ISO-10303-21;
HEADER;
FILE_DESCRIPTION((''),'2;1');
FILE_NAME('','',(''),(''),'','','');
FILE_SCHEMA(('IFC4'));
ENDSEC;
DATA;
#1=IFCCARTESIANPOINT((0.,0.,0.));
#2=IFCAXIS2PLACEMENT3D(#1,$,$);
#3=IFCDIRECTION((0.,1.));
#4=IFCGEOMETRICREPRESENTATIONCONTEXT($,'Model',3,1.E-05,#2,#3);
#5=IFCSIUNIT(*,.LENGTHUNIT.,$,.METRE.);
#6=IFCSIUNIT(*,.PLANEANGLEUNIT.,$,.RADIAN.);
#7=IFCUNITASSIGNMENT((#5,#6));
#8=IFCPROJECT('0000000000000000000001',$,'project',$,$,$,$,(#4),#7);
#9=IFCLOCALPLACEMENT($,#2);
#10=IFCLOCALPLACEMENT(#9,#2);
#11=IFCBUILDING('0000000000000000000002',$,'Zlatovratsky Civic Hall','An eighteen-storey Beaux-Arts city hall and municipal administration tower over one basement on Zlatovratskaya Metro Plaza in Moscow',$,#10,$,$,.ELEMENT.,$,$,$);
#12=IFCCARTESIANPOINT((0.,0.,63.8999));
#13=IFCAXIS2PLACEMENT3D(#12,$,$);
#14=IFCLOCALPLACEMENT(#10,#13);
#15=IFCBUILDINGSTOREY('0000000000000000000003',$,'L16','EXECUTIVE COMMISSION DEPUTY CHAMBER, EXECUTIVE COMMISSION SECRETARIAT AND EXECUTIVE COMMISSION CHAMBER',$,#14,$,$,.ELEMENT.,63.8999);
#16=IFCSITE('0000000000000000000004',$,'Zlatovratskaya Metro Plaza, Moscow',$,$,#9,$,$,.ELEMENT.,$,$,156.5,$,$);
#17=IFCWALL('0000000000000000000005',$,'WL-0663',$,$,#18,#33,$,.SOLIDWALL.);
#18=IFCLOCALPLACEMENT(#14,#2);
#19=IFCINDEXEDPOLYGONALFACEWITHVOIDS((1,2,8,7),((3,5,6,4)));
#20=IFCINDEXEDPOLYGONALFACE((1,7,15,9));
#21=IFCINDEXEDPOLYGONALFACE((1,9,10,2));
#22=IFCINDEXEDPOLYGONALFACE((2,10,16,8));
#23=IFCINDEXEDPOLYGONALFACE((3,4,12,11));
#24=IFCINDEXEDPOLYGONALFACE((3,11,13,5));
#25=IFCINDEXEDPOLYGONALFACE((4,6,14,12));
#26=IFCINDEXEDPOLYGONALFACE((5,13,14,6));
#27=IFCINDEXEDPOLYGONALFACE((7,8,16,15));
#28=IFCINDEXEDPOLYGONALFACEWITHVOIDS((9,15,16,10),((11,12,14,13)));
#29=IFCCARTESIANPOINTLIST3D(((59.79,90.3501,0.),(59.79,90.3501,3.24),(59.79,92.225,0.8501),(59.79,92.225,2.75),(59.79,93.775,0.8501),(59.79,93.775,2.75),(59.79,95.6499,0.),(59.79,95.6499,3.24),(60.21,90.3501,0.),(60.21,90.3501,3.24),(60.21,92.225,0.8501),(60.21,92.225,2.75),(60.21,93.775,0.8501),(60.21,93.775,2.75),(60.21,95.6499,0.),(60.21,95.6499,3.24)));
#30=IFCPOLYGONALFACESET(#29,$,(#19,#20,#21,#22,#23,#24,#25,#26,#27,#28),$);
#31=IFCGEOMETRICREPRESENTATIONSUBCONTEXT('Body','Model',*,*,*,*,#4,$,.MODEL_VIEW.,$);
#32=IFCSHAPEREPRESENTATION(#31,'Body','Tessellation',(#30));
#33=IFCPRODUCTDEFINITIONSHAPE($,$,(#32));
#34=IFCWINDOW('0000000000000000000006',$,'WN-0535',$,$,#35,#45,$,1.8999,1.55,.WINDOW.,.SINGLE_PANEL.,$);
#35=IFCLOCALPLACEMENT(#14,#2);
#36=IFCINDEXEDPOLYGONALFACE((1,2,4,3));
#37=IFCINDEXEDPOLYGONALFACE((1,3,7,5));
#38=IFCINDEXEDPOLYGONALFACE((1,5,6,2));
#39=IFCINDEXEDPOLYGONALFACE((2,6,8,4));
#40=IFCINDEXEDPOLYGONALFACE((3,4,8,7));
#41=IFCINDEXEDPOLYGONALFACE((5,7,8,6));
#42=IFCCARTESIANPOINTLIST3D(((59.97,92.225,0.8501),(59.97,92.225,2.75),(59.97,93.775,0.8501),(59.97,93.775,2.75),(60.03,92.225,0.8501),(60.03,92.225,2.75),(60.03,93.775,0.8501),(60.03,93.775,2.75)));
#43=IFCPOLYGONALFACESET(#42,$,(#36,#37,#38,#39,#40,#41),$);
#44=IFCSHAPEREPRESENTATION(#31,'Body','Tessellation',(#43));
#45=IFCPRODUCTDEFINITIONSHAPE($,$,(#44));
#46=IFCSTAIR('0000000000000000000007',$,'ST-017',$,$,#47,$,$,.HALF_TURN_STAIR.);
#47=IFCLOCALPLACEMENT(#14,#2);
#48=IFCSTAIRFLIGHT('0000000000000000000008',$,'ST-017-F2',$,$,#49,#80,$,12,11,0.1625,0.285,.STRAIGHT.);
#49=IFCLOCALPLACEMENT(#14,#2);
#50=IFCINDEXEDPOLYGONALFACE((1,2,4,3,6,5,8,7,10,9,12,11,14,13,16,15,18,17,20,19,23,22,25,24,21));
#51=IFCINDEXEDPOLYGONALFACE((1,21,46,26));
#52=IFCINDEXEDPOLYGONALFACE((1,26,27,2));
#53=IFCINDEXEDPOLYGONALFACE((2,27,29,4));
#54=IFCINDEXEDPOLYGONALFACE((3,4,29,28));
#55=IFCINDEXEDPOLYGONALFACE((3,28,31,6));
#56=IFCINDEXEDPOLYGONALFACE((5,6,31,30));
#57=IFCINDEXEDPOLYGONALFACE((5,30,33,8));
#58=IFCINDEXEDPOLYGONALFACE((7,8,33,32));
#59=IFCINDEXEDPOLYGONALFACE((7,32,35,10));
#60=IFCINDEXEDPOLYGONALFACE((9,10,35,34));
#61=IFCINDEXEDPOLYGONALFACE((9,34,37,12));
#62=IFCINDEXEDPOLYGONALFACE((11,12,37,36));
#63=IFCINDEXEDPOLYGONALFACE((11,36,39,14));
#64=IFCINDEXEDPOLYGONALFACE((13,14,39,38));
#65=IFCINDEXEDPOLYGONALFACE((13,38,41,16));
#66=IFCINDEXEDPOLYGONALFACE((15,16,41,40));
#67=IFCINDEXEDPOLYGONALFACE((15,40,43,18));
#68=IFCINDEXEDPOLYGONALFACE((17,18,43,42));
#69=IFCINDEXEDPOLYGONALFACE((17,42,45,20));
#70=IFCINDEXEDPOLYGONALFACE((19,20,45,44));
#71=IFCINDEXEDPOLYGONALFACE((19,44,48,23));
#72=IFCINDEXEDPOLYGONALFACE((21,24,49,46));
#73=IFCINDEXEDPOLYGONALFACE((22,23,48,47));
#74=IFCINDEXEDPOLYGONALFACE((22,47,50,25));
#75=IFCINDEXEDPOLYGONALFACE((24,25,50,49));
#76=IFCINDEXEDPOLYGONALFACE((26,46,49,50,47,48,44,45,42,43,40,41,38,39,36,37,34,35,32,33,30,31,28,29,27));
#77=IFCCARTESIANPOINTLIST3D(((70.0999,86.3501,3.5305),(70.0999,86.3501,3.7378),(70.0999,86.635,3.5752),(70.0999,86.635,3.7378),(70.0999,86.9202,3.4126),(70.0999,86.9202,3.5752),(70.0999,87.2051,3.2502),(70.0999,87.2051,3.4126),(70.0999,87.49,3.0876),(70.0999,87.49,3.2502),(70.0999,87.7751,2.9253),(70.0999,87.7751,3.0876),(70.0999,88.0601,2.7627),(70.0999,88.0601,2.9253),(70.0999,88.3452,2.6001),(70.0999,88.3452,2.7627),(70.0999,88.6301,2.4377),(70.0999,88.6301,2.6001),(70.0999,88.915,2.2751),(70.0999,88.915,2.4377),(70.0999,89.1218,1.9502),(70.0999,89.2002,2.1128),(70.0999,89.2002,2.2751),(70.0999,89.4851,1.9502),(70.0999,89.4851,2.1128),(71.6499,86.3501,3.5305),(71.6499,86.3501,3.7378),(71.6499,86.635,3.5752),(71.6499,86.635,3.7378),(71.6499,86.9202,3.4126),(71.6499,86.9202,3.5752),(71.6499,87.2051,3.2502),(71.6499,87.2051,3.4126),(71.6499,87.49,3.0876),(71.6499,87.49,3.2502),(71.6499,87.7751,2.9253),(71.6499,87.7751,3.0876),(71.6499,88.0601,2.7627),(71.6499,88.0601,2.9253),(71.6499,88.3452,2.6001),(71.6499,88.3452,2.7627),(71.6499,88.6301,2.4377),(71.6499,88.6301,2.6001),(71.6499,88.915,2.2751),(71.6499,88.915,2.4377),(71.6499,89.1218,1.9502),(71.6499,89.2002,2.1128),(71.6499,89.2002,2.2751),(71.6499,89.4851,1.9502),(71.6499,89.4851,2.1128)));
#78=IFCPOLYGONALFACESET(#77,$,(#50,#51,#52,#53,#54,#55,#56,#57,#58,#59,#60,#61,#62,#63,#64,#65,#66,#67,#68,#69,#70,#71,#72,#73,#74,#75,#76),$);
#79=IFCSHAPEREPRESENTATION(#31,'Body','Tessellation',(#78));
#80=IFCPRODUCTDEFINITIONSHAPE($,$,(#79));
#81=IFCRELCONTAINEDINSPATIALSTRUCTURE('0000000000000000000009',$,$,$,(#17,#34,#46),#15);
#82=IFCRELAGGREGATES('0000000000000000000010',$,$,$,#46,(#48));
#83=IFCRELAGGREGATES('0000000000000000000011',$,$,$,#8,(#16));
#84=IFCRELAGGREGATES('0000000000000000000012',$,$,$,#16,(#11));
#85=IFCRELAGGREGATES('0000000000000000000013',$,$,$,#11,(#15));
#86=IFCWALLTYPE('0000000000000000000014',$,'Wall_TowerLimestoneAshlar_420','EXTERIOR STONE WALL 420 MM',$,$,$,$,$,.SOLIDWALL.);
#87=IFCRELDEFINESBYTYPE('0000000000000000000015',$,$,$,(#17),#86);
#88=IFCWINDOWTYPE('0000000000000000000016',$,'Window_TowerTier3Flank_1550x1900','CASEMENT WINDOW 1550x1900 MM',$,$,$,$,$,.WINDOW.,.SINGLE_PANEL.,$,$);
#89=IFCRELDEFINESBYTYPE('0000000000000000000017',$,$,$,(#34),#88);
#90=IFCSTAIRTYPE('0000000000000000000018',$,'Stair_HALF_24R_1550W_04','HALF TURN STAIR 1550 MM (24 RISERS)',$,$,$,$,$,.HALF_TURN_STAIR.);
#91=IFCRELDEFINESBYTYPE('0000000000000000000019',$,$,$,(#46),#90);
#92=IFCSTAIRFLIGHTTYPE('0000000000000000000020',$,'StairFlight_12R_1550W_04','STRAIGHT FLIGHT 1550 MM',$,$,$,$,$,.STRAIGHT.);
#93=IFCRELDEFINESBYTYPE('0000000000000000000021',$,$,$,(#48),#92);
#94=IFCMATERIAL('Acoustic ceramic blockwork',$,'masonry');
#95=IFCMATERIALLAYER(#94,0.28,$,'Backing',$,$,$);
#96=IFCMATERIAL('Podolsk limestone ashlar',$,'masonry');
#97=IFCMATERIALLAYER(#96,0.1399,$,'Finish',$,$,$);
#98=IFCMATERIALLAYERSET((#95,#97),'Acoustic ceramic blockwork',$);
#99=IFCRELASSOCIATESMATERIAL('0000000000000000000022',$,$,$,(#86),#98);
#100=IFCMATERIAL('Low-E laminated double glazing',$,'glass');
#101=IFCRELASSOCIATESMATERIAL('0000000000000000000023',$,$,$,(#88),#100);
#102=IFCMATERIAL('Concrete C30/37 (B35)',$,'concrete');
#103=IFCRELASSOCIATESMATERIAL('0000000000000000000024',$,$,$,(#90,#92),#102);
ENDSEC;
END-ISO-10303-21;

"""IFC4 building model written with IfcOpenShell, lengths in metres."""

from ifc_helpers import new_model, si_unit, direction, frame, frame_2d, origin, place, context, subcontext, project, spatial, polyline, rectangle, outline, extrude, material, layer, layer_set, type_object, element, fill, aggregate, save


model = new_model("IFC4")

# Units and contexts
model_context = context("Model", 3, precision=1e-05, world=origin(), true_north=direction((0.0, 1.0)))
body_context = subcontext(model_context, "Body", "Model", "MODEL_VIEW")
ifc_project = project(units=[si_unit("LENGTHUNIT", "METRE"), si_unit("PLANEANGLEUNIT", "RADIAN")], contexts=[model_context])

# Site, building, storey
site_placement = place(None, origin())
site = spatial("IfcSite", under=ifc_project, at=site_placement, Name="Zlatovratskaya Metro Plaza, Moscow", CompositionType="ELEMENT", RefElevation=156.5)
building_placement = place(site_placement, origin())
building = spatial("IfcBuilding", under=site, at=building_placement, Name="Zlatovratsky Civic Hall", Description="An eighteen-storey Beaux-Arts city hall and municipal administration tower over one basement on Zlatovratskaya Metro Plaza in Moscow", CompositionType="ELEMENT")
storey_placement = place(building_placement, frame((0.0, 0.0, 63.8999)))
storey = spatial("IfcBuildingStorey", under=building, at=storey_placement, Name="L16", Description="EXECUTIVE COMMISSION DEPUTY CHAMBER, EXECUTIVE COMMISSION SECRETARIAT AND EXECUTIVE COMMISSION CHAMBER", CompositionType="ELEMENT", Elevation=63.8999)

# Shared definitions
ifc_material_1 = material(Name="Acoustic ceramic blockwork", Category="masonry")

# Wall, opening, window
ifc_layer_1 = layer(ifc_material_1, 0.28, Name="Backing")
ifc_material_2 = material(Name="Podolsk limestone ashlar", Category="masonry")
ifc_layer_2 = layer(ifc_material_2, 0.1399, Name="Finish")
ifc_layer_set_1 = layer_set([ifc_layer_1, ifc_layer_2], Name="Acoustic ceramic blockwork")
wall_type_1 = type_object("IfcWallType", Name="Wall_TowerLimestoneAshlar_420", Description="EXTERIOR STONE WALL 420 MM", PredefinedType="SOLIDWALL", material=ifc_layer_set_1)
wall_1_placement = place(storey_placement, frame((60.0, 90.3501, 0.0), z_axis=(0.0, 0.0, 1.0), x_axis=(0.0, 1.0, 0.0)))
wall_1 = element("IfcWall", 1, at=wall_1_placement, inside=storey, type_object=wall_type_1, Name="WL-0663", PredefinedType="SOLIDWALL", context=body_context, shape_type="SweptSolid", body=[
    extrude(rectangle(XDim=5.2998, YDim=0.4199, at=frame_2d((2.6499, 0.0))), origin(), (0.0, 0.0, 1.0), 3.24),
])
opening_placement = place(wall_1_placement, frame((1.875, 0.0, 0.8501)))
opening = element("IfcOpeningElement", 2, at=opening_placement, cuts=wall_1, PredefinedType="OPENING", context=body_context, shape_type="SweptSolid", body=[
    extrude(rectangle(XDim=1.55, YDim=1.8999, at=frame_2d((0.7749, 0.95))), frame((0.0, 0.2249, 0.0), z_axis=(0.0, -1.0, 0.0), x_axis=(1.0, 0.0, 0.0)), (0.0, 0.0, 1.0), 0.4497),
])
ifc_material_3 = material(Name="Low-E laminated double glazing", Category="glass")
window_type = type_object("IfcWindowType", Name="Window_TowerTier3Flank_1550x1900", Description="CASEMENT WINDOW 1550x1900 MM", PartitioningType="SINGLE_PANEL", PredefinedType="WINDOW", material=ifc_material_3)
window_placement = place(opening_placement, origin())
window = element("IfcWindow", 3, at=window_placement, inside=storey, type_object=window_type, Name="WN-0535", OverallHeight=1.8999, OverallWidth=1.55, PartitioningType="SINGLE_PANEL", PredefinedType="WINDOW", context=body_context, shape_type="SweptSolid", body=[
    extrude(rectangle(XDim=1.55, YDim=1.8999, at=frame_2d((0.7749, 0.95))), frame((0.0, 0.03, 0.0), z_axis=(0.0, -1.0, 0.0), x_axis=(1.0, 0.0, 0.0)), (0.0, 0.0, 1.0), 0.0601),
])
fill(opening, window)

# Stair, stair flight
ifc_material_4 = material(Name="Concrete C30/37 (B35)", Category="concrete")
stair_type = type_object("IfcStairType", Name="Stair_HALF_24R_1550W_04", Description="HALF TURN STAIR 1550 MM (24 RISERS)", PredefinedType="HALF_TURN_STAIR", material=ifc_material_4)
stair_placement = place(storey_placement, origin())
stair = element("IfcStair", 4, at=stair_placement, inside=storey, type_object=stair_type, Name="ST-017", PredefinedType="HALF_TURN_STAIR")
stair_flight_type = type_object("IfcStairFlightType", Name="StairFlight_12R_1550W_04", Description="STRAIGHT FLIGHT 1550 MM", PredefinedType="STRAIGHT", material=ifc_material_4)
stair_flight_placement = place(storey_placement, frame((70.875, 89.4851, 1.9502), z_axis=(0.0, 0.0, 1.0), x_axis=(0.0, -1.0, 0.0)))
stair_flight = element("IfcStairFlight", 5, at=stair_flight_placement, type_object=stair_flight_type, Name="ST-017-F2", NumberOfRisers=12, NumberOfTreads=11, PredefinedType="STRAIGHT", RiserHeight=0.1625, TreadLength=0.285, context=body_context, shape_type="SweptSolid", body=[
    extrude(outline(polyline([(0.0, 0.0), (0.0, 0.1626), (0.2849, 0.1626), (0.2849, 0.325), (0.5701, 0.325), (0.5701, 0.4875), (0.855, 0.4875), (0.855, 0.6499), (1.1399, 0.6499), (1.1399, 0.8125), (1.425, 0.8125), (1.425, 0.9751), (1.71, 0.9751), (1.71, 1.1375), (1.9951, 1.1375), (1.9951, 1.3), (2.28, 1.3), (2.28, 1.4624), (2.5649, 1.4624), (2.5649, 1.625), (2.8501, 1.625), (2.8501, 1.7876), (3.135, 1.7876), (3.135, 1.95), (3.135, 1.5803), (0.3633, 0.0), (0.0, 0.0)])), frame((0.0, 0.7749, 0.0), z_axis=(0.0, -1.0, 0.0), x_axis=(1.0, 0.0, 0.0)), (0.0, 0.0, 1.0), 1.55),
])
aggregate(stair, [stair_flight])

save(model, "model.ifc")
